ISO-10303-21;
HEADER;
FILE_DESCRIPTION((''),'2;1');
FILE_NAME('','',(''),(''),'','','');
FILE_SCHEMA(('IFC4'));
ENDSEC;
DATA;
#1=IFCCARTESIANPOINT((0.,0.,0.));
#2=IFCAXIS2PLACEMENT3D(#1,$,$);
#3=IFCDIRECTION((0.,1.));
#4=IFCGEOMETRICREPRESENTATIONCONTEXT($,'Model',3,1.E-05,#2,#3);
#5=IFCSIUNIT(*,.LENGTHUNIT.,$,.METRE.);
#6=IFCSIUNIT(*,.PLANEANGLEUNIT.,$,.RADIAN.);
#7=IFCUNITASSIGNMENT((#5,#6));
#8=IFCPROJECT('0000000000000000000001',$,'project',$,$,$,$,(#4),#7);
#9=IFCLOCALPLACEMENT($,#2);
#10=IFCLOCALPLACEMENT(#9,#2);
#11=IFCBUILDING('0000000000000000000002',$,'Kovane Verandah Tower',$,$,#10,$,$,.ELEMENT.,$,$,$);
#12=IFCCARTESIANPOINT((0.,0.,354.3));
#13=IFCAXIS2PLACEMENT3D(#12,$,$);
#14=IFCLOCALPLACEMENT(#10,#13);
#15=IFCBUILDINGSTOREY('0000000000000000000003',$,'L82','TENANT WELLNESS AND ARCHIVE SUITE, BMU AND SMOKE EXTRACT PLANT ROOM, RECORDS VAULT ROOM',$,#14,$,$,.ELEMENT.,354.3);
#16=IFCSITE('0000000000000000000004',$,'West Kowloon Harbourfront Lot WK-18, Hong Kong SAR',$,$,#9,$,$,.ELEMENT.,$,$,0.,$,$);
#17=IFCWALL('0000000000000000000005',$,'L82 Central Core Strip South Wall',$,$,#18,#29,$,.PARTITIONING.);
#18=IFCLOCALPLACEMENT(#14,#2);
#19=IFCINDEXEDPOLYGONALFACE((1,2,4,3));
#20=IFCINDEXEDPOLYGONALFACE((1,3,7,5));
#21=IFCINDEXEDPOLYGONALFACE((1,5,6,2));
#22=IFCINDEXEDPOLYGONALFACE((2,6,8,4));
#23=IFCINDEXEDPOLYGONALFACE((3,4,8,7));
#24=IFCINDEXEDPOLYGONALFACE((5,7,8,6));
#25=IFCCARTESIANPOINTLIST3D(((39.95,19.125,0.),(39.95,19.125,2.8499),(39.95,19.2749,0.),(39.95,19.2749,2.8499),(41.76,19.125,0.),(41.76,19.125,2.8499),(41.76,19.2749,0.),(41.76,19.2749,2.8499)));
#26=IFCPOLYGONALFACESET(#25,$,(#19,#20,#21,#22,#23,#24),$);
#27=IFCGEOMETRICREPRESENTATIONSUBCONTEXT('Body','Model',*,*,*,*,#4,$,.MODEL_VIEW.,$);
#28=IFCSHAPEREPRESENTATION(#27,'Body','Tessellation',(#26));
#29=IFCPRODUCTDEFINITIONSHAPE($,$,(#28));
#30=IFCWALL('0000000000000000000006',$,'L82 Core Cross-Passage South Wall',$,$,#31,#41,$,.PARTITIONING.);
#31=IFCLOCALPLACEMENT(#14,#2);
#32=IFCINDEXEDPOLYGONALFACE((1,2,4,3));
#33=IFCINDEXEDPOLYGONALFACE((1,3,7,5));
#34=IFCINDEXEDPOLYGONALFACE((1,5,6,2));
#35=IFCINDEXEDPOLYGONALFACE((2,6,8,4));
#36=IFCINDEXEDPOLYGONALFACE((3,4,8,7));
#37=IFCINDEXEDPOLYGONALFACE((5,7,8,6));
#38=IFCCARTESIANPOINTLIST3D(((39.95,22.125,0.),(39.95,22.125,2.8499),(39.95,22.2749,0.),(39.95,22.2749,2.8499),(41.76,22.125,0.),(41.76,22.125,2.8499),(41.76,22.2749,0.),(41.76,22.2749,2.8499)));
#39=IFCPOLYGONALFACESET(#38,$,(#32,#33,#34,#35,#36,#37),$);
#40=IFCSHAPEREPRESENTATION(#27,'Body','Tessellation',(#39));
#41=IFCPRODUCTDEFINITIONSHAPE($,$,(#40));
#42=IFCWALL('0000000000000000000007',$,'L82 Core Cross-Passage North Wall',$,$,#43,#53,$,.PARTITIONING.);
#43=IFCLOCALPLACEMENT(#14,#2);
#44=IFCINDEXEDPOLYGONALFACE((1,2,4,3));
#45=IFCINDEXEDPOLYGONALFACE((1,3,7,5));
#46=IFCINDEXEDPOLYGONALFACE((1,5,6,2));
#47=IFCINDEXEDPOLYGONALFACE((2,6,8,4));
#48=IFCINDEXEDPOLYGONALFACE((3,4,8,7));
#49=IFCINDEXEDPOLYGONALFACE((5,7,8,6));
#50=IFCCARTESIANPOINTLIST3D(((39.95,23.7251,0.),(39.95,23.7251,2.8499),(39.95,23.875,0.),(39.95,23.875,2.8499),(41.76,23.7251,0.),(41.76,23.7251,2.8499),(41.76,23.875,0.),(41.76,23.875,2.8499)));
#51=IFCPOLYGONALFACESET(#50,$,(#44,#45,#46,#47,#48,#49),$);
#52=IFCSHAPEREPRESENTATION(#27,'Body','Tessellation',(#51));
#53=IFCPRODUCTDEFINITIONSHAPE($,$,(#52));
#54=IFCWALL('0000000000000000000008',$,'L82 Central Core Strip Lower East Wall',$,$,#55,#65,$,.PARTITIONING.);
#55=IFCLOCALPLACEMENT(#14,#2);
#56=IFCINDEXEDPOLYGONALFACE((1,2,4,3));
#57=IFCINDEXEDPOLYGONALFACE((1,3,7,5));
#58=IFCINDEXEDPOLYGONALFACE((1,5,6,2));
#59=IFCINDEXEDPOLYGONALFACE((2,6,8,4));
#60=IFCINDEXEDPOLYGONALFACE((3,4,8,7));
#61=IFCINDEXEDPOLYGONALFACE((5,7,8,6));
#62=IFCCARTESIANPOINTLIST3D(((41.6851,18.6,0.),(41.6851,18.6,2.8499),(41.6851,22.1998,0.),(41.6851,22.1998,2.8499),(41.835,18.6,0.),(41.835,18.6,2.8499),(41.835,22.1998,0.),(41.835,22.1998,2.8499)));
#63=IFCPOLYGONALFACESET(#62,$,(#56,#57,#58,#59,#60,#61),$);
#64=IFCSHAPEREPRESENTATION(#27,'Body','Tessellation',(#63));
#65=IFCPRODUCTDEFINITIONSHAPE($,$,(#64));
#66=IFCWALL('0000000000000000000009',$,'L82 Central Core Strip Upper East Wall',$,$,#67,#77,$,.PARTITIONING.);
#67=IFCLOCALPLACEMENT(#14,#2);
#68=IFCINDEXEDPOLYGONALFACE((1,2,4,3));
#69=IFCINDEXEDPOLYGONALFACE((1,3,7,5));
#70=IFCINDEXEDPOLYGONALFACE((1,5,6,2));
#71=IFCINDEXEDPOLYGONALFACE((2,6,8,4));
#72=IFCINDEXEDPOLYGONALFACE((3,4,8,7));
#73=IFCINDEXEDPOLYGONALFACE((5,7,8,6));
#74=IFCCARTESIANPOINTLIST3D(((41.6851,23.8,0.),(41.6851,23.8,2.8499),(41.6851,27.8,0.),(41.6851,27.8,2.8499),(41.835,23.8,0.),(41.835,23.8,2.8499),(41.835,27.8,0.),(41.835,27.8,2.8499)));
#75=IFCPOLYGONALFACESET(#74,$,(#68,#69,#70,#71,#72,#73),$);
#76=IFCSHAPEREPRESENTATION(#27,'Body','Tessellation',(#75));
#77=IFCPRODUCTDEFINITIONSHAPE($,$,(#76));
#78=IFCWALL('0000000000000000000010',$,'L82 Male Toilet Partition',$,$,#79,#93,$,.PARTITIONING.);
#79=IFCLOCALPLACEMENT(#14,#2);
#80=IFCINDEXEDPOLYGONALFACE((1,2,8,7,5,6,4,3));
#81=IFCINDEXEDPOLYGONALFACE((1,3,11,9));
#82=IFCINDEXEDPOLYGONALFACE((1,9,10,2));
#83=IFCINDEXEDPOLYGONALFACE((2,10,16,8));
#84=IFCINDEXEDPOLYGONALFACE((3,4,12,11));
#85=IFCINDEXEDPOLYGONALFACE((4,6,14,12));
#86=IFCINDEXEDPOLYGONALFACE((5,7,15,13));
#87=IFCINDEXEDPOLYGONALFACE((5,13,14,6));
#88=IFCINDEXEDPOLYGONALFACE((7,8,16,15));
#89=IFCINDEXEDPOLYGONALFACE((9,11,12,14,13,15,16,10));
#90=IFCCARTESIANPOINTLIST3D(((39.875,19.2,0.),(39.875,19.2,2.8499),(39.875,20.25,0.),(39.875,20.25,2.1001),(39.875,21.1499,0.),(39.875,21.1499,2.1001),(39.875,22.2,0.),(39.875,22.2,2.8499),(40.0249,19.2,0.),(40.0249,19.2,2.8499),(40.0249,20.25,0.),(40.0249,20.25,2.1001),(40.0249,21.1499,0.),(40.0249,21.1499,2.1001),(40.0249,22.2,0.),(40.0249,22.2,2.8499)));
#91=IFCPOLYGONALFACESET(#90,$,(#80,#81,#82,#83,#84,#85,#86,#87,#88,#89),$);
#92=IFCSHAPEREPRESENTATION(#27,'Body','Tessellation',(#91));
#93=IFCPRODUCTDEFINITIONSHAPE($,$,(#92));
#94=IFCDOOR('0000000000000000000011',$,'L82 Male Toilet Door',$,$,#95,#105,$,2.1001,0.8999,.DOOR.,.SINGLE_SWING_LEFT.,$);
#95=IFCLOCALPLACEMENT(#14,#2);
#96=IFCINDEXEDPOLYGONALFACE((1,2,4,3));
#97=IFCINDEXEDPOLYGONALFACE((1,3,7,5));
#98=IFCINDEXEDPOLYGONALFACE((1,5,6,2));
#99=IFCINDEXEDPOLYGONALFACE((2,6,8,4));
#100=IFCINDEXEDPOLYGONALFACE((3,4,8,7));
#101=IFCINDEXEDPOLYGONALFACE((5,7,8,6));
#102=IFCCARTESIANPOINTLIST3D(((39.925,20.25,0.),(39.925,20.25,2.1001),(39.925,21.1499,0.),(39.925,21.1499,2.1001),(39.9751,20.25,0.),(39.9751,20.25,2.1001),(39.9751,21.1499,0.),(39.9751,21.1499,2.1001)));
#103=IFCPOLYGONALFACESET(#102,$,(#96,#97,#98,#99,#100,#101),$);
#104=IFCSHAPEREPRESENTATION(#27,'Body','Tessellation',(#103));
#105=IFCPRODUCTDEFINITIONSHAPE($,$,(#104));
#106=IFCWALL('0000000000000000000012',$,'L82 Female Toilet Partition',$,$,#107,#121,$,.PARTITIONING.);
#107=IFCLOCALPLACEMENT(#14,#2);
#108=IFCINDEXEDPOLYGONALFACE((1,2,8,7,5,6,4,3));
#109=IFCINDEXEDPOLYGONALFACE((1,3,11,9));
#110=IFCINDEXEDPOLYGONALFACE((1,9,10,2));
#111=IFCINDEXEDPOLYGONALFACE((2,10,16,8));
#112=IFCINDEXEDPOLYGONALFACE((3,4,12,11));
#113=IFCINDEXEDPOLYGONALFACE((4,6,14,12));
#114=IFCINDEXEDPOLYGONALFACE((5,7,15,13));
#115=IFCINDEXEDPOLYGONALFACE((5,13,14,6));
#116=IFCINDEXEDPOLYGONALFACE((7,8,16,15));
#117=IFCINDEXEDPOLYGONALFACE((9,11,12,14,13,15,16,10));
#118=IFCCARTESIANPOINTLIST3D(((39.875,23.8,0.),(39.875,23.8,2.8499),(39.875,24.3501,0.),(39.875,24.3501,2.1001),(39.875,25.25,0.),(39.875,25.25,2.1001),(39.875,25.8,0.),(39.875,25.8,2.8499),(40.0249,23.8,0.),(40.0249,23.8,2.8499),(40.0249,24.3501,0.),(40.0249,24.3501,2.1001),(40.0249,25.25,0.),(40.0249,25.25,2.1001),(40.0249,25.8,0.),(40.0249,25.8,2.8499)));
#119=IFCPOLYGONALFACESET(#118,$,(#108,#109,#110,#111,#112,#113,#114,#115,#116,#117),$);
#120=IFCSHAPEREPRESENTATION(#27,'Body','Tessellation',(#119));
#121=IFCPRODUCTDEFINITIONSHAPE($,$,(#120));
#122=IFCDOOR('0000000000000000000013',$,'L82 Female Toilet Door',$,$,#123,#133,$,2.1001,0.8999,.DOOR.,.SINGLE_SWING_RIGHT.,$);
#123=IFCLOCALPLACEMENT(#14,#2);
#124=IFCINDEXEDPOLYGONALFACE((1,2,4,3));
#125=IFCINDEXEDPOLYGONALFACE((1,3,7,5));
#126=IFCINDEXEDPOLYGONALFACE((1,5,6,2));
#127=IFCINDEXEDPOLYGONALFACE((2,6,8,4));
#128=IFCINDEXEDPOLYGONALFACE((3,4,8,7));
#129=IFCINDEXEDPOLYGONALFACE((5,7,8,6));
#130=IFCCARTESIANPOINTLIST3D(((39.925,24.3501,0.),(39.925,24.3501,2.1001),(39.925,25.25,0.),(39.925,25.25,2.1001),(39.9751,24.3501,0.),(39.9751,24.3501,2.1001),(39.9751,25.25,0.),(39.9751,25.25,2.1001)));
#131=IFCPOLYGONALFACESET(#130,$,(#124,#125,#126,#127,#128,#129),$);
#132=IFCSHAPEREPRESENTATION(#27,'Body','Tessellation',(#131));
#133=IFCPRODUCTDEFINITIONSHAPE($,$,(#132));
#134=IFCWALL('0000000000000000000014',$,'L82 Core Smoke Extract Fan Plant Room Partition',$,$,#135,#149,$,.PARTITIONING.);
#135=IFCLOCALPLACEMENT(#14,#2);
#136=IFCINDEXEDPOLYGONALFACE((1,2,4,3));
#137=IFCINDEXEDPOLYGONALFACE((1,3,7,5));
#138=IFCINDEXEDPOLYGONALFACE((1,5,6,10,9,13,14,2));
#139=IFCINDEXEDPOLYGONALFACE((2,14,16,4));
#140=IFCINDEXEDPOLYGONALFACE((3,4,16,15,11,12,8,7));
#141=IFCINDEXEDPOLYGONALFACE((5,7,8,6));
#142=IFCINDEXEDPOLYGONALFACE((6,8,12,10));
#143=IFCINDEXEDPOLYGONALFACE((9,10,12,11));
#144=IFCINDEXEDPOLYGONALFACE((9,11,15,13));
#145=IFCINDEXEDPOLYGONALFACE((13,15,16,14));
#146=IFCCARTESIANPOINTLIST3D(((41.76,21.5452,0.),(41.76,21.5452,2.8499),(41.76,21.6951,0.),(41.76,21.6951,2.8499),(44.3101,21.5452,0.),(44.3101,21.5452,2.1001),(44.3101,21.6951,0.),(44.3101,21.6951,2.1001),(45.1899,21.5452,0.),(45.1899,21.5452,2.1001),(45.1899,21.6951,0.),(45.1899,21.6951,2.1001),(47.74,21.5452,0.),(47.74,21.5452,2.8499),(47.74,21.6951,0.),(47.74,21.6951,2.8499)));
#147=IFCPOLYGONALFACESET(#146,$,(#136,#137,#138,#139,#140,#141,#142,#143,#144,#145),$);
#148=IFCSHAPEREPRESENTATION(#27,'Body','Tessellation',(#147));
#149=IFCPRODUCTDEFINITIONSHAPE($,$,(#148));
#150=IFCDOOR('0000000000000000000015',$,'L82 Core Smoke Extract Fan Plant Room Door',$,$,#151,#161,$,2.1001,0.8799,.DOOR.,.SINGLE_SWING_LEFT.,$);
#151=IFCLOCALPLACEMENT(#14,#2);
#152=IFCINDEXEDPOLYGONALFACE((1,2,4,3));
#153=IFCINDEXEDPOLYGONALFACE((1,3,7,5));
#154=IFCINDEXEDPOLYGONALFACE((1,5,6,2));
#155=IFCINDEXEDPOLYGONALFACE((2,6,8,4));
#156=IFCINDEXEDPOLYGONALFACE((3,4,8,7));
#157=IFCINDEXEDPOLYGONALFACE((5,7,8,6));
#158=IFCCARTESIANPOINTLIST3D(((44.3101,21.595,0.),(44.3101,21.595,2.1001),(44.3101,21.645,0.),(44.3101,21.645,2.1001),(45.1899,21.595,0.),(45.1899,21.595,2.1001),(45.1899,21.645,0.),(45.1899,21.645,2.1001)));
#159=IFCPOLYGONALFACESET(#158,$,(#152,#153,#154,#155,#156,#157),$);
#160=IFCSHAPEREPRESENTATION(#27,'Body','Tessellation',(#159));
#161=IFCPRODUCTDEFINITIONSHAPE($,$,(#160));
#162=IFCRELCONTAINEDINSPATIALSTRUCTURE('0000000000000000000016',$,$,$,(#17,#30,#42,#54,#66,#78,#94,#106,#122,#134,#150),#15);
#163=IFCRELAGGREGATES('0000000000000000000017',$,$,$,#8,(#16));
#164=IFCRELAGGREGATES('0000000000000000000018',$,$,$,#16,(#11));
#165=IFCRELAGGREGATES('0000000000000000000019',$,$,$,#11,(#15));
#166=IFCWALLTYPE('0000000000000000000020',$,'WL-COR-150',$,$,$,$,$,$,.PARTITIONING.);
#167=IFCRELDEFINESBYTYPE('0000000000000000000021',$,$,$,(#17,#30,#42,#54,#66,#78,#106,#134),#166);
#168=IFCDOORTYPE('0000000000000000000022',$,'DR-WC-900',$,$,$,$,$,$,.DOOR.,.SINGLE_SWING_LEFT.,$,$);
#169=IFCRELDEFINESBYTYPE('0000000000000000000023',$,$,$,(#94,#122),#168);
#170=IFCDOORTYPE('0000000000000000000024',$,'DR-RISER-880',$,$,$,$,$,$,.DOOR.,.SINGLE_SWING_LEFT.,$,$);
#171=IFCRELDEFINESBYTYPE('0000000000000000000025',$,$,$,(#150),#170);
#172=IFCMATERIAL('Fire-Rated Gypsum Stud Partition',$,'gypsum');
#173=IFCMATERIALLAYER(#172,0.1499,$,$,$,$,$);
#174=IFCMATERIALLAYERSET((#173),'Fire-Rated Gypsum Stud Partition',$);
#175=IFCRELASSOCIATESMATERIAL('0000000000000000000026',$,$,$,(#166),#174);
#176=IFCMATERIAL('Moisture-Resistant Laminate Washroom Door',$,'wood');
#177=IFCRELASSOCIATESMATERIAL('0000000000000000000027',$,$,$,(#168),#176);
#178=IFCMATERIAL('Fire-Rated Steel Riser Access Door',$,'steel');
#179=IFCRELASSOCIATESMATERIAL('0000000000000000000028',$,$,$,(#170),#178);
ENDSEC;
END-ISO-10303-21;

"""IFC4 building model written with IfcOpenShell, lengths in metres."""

from ifc_helpers import new_model, si_unit, direction, frame, frame_2d, origin, place, context, subcontext, project, spatial, rectangle, extrude, material, layer, layer_set, type_object, element, fill, save


model = new_model("IFC4")

# Units and contexts
model_context = context("Model", 3, precision=1e-05, world=origin(), true_north=direction((0.0, 1.0)))
body_context = subcontext(model_context, "Body", "Model", "MODEL_VIEW")
ifc_project = project(units=[si_unit("LENGTHUNIT", "METRE"), si_unit("PLANEANGLEUNIT", "RADIAN")], contexts=[model_context])

# Site, building, storey
site_placement = place(None, origin())
site = spatial("IfcSite", under=ifc_project, at=site_placement, Name="West Kowloon Harbourfront Lot WK-18, Hong Kong SAR", CompositionType="ELEMENT", RefElevation=0.0)
building_placement = place(site_placement, origin())
building = spatial("IfcBuilding", under=site, at=building_placement, Name="Kovane Verandah Tower", CompositionType="ELEMENT")
storey_placement = place(building_placement, frame((0.0, 0.0, 354.3)))
storey = spatial("IfcBuildingStorey", under=building, at=storey_placement, Name="L82", Description="TENANT WELLNESS AND ARCHIVE SUITE, BMU AND SMOKE EXTRACT PLANT ROOM, RECORDS VAULT ROOM", CompositionType="ELEMENT", Elevation=354.3)

# Walls
ifc_material_1 = material(Name="Fire-Rated Gypsum Stud Partition", Category="gypsum")
ifc_layer_1 = layer(ifc_material_1, 0.1499)
ifc_layer_set_1 = layer_set([ifc_layer_1], Name="Fire-Rated Gypsum Stud Partition")
wall_type_1 = type_object("IfcWallType", Name="WL-COR-150", PredefinedType="PARTITIONING", material=ifc_layer_set_1)
for number, where, z_axis, x_axis, name in (
    (1, (39.95, 19.2, 0.0), (0.0, 0.0, 1.0), (1.0, 0.0, 0.0), "L82 Central Core Strip South Wall"),
    (2, (39.95, 22.2, 0.0), (0.0, 0.0, 1.0), (1.0, 0.0, 0.0), "L82 Core Cross-Passage South Wall"),
    (3, (39.95, 23.8, 0.0), (0.0, 0.0, 1.0), (1.0, 0.0, 0.0), "L82 Core Cross-Passage North Wall"),
):
    element("IfcWall", number, at=place(storey_placement, frame(where, z_axis=z_axis, x_axis=x_axis)), inside=storey, type_object=wall_type_1, Name=name, PredefinedType="PARTITIONING", context=body_context, shape_type="SweptSolid", body=[
        extrude(rectangle(XDim=1.8101, YDim=0.1499, at=frame_2d((0.905, 0.0))), origin(), (0.0, 0.0, 1.0), 2.8499),
    ])
wall_1_placement = place(storey_placement, frame((41.76, 18.6001, 0.0), z_axis=(0.0, 0.0, 1.0), x_axis=(0.0, 1.0, 0.0)))
element("IfcWall", 4, at=wall_1_placement, inside=storey, type_object=wall_type_1, Name="L82 Central Core Strip Lower East Wall", PredefinedType="PARTITIONING", context=body_context, shape_type="SweptSolid", body=[
    extrude(rectangle(XDim=3.5999, YDim=0.1499, at=frame_2d((1.7998, 0.0))), origin(), (0.0, 0.0, 1.0), 2.8499),
])
wall_2_placement = place(storey_placement, frame((41.76, 23.8, 0.0), z_axis=(0.0, 0.0, 1.0), x_axis=(0.0, 1.0, 0.0)))
element("IfcWall", 5, at=wall_2_placement, inside=storey, type_object=wall_type_1, Name="L82 Central Core Strip Upper East Wall", PredefinedType="PARTITIONING", context=body_context, shape_type="SweptSolid", body=[
    extrude(rectangle(XDim=4.0, YDim=0.1499, at=frame_2d((2.0, 0.0))), origin(), (0.0, 0.0, 1.0), 2.8499),
])

# Walls, openings, doors
wall_3_placement = place(storey_placement, frame((39.95, 19.2, 0.0), z_axis=(0.0, 0.0, 1.0), x_axis=(0.0, 1.0, 0.0)))
wall_3 = element("IfcWall", 6, at=wall_3_placement, inside=storey, type_object=wall_type_1, Name="L82 Male Toilet Partition", PredefinedType="PARTITIONING", context=body_context, shape_type="SweptSolid", body=[
    extrude(rectangle(XDim=3.0, YDim=0.1499, at=frame_2d((1.5, 0.0))), origin(), (0.0, 0.0, 1.0), 2.8499),
])
opening_1_placement = place(wall_3_placement, frame((1.05, 0.0, 0.0)))
opening_1 = element("IfcOpeningElement", 7, at=opening_1_placement, cuts=wall_3, PredefinedType="OPENING", context=body_context, shape_type="SweptSolid", body=[
    extrude(rectangle(XDim=0.8999, YDim=2.1001, at=frame_2d((0.45, 1.05))), frame((0.0, 0.075, 0.0), z_axis=(0.0, -1.0, 0.0), x_axis=(1.0, 0.0, 0.0)), (0.0, 0.0, 1.0), 0.1499),
])
ifc_material_2 = material(Name="Moisture-Resistant Laminate Washroom Door", Category="wood")
door_type_1 = type_object("IfcDoorType", Name="DR-WC-900", OperationType="SINGLE_SWING_LEFT", PredefinedType="DOOR", material=ifc_material_2)
door_1_placement = place(opening_1_placement, origin())
door_1 = element("IfcDoor", 8, at=door_1_placement, inside=storey, type_object=door_type_1, Name="L82 Male Toilet Door", OperationType="SINGLE_SWING_LEFT", OverallHeight=2.1001, OverallWidth=0.8999, PredefinedType="DOOR", context=body_context, shape_type="SweptSolid", body=[
    extrude(rectangle(XDim=0.8999, YDim=2.1001, at=frame_2d((0.45, 1.05))), frame((0.0, 0.0249, 0.0), z_axis=(0.0, -1.0, 0.0), x_axis=(1.0, 0.0, 0.0)), (0.0, 0.0, 1.0), 0.05),
])
fill(opening_1, door_1)
wall_4_placement = place(storey_placement, frame((39.95, 23.8, 0.0), z_axis=(0.0, 0.0, 1.0), x_axis=(0.0, 1.0, 0.0)))
wall_4 = element("IfcWall", 9, at=wall_4_placement, inside=storey, type_object=wall_type_1, Name="L82 Female Toilet Partition", PredefinedType="PARTITIONING", context=body_context, shape_type="SweptSolid", body=[
    extrude(rectangle(XDim=2.0, YDim=0.1499, at=frame_2d((1.0, 0.0))), origin(), (0.0, 0.0, 1.0), 2.8499),
])
opening_2_placement = place(wall_4_placement, frame((0.55, 0.0, 0.0)))
opening_2 = element("IfcOpeningElement", 10, at=opening_2_placement, cuts=wall_4, PredefinedType="OPENING", context=body_context, shape_type="SweptSolid", body=[
    extrude(rectangle(XDim=0.8999, YDim=2.1001, at=frame_2d((0.45, 1.05))), frame((0.0, 0.075, 0.0), z_axis=(0.0, -1.0, 0.0), x_axis=(1.0, 0.0, 0.0)), (0.0, 0.0, 1.0), 0.1499),
])
door_2_placement = place(opening_2_placement, origin())
door_2 = element("IfcDoor", 11, at=door_2_placement, inside=storey, type_object=door_type_1, Name="L82 Female Toilet Door", OperationType="SINGLE_SWING_RIGHT", OverallHeight=2.1001, OverallWidth=0.8999, PredefinedType="DOOR", context=body_context, shape_type="SweptSolid", body=[
    extrude(rectangle(XDim=0.8999, YDim=2.1001, at=frame_2d((0.45, 1.05))), frame((0.0, 0.0249, 0.0), z_axis=(0.0, -1.0, 0.0), x_axis=(1.0, 0.0, 0.0)), (0.0, 0.0, 1.0), 0.05),
])
fill(opening_2, door_2)
wall_5_placement = place(storey_placement, frame((41.76, 21.6201, 0.0), z_axis=(0.0, 0.0, 1.0), x_axis=(1.0, 0.0, 0.0)))
wall_5 = element("IfcWall", 12, at=wall_5_placement, inside=storey, type_object=wall_type_1, Name="L82 Core Smoke Extract Fan Plant Room Partition", PredefinedType="PARTITIONING", context=body_context, shape_type="SweptSolid", body=[
    extrude(rectangle(XDim=5.98, YDim=0.1499, at=frame_2d((2.99, 0.0))), origin(), (0.0, 0.0, 1.0), 2.8499),
])
opening_3_placement = place(wall_5_placement, frame((2.55, 0.0, 0.0)))
opening_3 = element("IfcOpeningElement", 13, at=opening_3_placement, cuts=wall_5, PredefinedType="OPENING", context=body_context, shape_type="SweptSolid", body=[
    extrude(rectangle(XDim=0.8799, YDim=2.1001, at=frame_2d((0.4399, 1.05))), frame((0.0, 0.075, 0.0), z_axis=(0.0, -1.0, 0.0), x_axis=(1.0, 0.0, 0.0)), (0.0, 0.0, 1.0), 0.1499),
])
ifc_material_3 = material(Name="Fire-Rated Steel Riser Access Door", Category="steel")
door_type_2 = type_object("IfcDoorType", Name="DR-RISER-880", OperationType="SINGLE_SWING_LEFT", PredefinedType="DOOR", material=ifc_material_3)
door_3_placement = place(opening_3_placement, origin())
door_3 = element("IfcDoor", 14, at=door_3_placement, inside=storey, type_object=door_type_2, Name="L82 Core Smoke Extract Fan Plant Room Door", OperationType="SINGLE_SWING_LEFT", OverallHeight=2.1001, OverallWidth=0.8799, PredefinedType="DOOR", context=body_context, shape_type="SweptSolid", body=[
    extrude(rectangle(XDim=0.8799, YDim=2.1001, at=frame_2d((0.4399, 1.05))), frame((0.0, 0.0249, 0.0), z_axis=(0.0, -1.0, 0.0), x_axis=(1.0, 0.0, 0.0)), (0.0, 0.0, 1.0), 0.05),
])
fill(opening_3, door_3)

save(model, "model.ifc")
